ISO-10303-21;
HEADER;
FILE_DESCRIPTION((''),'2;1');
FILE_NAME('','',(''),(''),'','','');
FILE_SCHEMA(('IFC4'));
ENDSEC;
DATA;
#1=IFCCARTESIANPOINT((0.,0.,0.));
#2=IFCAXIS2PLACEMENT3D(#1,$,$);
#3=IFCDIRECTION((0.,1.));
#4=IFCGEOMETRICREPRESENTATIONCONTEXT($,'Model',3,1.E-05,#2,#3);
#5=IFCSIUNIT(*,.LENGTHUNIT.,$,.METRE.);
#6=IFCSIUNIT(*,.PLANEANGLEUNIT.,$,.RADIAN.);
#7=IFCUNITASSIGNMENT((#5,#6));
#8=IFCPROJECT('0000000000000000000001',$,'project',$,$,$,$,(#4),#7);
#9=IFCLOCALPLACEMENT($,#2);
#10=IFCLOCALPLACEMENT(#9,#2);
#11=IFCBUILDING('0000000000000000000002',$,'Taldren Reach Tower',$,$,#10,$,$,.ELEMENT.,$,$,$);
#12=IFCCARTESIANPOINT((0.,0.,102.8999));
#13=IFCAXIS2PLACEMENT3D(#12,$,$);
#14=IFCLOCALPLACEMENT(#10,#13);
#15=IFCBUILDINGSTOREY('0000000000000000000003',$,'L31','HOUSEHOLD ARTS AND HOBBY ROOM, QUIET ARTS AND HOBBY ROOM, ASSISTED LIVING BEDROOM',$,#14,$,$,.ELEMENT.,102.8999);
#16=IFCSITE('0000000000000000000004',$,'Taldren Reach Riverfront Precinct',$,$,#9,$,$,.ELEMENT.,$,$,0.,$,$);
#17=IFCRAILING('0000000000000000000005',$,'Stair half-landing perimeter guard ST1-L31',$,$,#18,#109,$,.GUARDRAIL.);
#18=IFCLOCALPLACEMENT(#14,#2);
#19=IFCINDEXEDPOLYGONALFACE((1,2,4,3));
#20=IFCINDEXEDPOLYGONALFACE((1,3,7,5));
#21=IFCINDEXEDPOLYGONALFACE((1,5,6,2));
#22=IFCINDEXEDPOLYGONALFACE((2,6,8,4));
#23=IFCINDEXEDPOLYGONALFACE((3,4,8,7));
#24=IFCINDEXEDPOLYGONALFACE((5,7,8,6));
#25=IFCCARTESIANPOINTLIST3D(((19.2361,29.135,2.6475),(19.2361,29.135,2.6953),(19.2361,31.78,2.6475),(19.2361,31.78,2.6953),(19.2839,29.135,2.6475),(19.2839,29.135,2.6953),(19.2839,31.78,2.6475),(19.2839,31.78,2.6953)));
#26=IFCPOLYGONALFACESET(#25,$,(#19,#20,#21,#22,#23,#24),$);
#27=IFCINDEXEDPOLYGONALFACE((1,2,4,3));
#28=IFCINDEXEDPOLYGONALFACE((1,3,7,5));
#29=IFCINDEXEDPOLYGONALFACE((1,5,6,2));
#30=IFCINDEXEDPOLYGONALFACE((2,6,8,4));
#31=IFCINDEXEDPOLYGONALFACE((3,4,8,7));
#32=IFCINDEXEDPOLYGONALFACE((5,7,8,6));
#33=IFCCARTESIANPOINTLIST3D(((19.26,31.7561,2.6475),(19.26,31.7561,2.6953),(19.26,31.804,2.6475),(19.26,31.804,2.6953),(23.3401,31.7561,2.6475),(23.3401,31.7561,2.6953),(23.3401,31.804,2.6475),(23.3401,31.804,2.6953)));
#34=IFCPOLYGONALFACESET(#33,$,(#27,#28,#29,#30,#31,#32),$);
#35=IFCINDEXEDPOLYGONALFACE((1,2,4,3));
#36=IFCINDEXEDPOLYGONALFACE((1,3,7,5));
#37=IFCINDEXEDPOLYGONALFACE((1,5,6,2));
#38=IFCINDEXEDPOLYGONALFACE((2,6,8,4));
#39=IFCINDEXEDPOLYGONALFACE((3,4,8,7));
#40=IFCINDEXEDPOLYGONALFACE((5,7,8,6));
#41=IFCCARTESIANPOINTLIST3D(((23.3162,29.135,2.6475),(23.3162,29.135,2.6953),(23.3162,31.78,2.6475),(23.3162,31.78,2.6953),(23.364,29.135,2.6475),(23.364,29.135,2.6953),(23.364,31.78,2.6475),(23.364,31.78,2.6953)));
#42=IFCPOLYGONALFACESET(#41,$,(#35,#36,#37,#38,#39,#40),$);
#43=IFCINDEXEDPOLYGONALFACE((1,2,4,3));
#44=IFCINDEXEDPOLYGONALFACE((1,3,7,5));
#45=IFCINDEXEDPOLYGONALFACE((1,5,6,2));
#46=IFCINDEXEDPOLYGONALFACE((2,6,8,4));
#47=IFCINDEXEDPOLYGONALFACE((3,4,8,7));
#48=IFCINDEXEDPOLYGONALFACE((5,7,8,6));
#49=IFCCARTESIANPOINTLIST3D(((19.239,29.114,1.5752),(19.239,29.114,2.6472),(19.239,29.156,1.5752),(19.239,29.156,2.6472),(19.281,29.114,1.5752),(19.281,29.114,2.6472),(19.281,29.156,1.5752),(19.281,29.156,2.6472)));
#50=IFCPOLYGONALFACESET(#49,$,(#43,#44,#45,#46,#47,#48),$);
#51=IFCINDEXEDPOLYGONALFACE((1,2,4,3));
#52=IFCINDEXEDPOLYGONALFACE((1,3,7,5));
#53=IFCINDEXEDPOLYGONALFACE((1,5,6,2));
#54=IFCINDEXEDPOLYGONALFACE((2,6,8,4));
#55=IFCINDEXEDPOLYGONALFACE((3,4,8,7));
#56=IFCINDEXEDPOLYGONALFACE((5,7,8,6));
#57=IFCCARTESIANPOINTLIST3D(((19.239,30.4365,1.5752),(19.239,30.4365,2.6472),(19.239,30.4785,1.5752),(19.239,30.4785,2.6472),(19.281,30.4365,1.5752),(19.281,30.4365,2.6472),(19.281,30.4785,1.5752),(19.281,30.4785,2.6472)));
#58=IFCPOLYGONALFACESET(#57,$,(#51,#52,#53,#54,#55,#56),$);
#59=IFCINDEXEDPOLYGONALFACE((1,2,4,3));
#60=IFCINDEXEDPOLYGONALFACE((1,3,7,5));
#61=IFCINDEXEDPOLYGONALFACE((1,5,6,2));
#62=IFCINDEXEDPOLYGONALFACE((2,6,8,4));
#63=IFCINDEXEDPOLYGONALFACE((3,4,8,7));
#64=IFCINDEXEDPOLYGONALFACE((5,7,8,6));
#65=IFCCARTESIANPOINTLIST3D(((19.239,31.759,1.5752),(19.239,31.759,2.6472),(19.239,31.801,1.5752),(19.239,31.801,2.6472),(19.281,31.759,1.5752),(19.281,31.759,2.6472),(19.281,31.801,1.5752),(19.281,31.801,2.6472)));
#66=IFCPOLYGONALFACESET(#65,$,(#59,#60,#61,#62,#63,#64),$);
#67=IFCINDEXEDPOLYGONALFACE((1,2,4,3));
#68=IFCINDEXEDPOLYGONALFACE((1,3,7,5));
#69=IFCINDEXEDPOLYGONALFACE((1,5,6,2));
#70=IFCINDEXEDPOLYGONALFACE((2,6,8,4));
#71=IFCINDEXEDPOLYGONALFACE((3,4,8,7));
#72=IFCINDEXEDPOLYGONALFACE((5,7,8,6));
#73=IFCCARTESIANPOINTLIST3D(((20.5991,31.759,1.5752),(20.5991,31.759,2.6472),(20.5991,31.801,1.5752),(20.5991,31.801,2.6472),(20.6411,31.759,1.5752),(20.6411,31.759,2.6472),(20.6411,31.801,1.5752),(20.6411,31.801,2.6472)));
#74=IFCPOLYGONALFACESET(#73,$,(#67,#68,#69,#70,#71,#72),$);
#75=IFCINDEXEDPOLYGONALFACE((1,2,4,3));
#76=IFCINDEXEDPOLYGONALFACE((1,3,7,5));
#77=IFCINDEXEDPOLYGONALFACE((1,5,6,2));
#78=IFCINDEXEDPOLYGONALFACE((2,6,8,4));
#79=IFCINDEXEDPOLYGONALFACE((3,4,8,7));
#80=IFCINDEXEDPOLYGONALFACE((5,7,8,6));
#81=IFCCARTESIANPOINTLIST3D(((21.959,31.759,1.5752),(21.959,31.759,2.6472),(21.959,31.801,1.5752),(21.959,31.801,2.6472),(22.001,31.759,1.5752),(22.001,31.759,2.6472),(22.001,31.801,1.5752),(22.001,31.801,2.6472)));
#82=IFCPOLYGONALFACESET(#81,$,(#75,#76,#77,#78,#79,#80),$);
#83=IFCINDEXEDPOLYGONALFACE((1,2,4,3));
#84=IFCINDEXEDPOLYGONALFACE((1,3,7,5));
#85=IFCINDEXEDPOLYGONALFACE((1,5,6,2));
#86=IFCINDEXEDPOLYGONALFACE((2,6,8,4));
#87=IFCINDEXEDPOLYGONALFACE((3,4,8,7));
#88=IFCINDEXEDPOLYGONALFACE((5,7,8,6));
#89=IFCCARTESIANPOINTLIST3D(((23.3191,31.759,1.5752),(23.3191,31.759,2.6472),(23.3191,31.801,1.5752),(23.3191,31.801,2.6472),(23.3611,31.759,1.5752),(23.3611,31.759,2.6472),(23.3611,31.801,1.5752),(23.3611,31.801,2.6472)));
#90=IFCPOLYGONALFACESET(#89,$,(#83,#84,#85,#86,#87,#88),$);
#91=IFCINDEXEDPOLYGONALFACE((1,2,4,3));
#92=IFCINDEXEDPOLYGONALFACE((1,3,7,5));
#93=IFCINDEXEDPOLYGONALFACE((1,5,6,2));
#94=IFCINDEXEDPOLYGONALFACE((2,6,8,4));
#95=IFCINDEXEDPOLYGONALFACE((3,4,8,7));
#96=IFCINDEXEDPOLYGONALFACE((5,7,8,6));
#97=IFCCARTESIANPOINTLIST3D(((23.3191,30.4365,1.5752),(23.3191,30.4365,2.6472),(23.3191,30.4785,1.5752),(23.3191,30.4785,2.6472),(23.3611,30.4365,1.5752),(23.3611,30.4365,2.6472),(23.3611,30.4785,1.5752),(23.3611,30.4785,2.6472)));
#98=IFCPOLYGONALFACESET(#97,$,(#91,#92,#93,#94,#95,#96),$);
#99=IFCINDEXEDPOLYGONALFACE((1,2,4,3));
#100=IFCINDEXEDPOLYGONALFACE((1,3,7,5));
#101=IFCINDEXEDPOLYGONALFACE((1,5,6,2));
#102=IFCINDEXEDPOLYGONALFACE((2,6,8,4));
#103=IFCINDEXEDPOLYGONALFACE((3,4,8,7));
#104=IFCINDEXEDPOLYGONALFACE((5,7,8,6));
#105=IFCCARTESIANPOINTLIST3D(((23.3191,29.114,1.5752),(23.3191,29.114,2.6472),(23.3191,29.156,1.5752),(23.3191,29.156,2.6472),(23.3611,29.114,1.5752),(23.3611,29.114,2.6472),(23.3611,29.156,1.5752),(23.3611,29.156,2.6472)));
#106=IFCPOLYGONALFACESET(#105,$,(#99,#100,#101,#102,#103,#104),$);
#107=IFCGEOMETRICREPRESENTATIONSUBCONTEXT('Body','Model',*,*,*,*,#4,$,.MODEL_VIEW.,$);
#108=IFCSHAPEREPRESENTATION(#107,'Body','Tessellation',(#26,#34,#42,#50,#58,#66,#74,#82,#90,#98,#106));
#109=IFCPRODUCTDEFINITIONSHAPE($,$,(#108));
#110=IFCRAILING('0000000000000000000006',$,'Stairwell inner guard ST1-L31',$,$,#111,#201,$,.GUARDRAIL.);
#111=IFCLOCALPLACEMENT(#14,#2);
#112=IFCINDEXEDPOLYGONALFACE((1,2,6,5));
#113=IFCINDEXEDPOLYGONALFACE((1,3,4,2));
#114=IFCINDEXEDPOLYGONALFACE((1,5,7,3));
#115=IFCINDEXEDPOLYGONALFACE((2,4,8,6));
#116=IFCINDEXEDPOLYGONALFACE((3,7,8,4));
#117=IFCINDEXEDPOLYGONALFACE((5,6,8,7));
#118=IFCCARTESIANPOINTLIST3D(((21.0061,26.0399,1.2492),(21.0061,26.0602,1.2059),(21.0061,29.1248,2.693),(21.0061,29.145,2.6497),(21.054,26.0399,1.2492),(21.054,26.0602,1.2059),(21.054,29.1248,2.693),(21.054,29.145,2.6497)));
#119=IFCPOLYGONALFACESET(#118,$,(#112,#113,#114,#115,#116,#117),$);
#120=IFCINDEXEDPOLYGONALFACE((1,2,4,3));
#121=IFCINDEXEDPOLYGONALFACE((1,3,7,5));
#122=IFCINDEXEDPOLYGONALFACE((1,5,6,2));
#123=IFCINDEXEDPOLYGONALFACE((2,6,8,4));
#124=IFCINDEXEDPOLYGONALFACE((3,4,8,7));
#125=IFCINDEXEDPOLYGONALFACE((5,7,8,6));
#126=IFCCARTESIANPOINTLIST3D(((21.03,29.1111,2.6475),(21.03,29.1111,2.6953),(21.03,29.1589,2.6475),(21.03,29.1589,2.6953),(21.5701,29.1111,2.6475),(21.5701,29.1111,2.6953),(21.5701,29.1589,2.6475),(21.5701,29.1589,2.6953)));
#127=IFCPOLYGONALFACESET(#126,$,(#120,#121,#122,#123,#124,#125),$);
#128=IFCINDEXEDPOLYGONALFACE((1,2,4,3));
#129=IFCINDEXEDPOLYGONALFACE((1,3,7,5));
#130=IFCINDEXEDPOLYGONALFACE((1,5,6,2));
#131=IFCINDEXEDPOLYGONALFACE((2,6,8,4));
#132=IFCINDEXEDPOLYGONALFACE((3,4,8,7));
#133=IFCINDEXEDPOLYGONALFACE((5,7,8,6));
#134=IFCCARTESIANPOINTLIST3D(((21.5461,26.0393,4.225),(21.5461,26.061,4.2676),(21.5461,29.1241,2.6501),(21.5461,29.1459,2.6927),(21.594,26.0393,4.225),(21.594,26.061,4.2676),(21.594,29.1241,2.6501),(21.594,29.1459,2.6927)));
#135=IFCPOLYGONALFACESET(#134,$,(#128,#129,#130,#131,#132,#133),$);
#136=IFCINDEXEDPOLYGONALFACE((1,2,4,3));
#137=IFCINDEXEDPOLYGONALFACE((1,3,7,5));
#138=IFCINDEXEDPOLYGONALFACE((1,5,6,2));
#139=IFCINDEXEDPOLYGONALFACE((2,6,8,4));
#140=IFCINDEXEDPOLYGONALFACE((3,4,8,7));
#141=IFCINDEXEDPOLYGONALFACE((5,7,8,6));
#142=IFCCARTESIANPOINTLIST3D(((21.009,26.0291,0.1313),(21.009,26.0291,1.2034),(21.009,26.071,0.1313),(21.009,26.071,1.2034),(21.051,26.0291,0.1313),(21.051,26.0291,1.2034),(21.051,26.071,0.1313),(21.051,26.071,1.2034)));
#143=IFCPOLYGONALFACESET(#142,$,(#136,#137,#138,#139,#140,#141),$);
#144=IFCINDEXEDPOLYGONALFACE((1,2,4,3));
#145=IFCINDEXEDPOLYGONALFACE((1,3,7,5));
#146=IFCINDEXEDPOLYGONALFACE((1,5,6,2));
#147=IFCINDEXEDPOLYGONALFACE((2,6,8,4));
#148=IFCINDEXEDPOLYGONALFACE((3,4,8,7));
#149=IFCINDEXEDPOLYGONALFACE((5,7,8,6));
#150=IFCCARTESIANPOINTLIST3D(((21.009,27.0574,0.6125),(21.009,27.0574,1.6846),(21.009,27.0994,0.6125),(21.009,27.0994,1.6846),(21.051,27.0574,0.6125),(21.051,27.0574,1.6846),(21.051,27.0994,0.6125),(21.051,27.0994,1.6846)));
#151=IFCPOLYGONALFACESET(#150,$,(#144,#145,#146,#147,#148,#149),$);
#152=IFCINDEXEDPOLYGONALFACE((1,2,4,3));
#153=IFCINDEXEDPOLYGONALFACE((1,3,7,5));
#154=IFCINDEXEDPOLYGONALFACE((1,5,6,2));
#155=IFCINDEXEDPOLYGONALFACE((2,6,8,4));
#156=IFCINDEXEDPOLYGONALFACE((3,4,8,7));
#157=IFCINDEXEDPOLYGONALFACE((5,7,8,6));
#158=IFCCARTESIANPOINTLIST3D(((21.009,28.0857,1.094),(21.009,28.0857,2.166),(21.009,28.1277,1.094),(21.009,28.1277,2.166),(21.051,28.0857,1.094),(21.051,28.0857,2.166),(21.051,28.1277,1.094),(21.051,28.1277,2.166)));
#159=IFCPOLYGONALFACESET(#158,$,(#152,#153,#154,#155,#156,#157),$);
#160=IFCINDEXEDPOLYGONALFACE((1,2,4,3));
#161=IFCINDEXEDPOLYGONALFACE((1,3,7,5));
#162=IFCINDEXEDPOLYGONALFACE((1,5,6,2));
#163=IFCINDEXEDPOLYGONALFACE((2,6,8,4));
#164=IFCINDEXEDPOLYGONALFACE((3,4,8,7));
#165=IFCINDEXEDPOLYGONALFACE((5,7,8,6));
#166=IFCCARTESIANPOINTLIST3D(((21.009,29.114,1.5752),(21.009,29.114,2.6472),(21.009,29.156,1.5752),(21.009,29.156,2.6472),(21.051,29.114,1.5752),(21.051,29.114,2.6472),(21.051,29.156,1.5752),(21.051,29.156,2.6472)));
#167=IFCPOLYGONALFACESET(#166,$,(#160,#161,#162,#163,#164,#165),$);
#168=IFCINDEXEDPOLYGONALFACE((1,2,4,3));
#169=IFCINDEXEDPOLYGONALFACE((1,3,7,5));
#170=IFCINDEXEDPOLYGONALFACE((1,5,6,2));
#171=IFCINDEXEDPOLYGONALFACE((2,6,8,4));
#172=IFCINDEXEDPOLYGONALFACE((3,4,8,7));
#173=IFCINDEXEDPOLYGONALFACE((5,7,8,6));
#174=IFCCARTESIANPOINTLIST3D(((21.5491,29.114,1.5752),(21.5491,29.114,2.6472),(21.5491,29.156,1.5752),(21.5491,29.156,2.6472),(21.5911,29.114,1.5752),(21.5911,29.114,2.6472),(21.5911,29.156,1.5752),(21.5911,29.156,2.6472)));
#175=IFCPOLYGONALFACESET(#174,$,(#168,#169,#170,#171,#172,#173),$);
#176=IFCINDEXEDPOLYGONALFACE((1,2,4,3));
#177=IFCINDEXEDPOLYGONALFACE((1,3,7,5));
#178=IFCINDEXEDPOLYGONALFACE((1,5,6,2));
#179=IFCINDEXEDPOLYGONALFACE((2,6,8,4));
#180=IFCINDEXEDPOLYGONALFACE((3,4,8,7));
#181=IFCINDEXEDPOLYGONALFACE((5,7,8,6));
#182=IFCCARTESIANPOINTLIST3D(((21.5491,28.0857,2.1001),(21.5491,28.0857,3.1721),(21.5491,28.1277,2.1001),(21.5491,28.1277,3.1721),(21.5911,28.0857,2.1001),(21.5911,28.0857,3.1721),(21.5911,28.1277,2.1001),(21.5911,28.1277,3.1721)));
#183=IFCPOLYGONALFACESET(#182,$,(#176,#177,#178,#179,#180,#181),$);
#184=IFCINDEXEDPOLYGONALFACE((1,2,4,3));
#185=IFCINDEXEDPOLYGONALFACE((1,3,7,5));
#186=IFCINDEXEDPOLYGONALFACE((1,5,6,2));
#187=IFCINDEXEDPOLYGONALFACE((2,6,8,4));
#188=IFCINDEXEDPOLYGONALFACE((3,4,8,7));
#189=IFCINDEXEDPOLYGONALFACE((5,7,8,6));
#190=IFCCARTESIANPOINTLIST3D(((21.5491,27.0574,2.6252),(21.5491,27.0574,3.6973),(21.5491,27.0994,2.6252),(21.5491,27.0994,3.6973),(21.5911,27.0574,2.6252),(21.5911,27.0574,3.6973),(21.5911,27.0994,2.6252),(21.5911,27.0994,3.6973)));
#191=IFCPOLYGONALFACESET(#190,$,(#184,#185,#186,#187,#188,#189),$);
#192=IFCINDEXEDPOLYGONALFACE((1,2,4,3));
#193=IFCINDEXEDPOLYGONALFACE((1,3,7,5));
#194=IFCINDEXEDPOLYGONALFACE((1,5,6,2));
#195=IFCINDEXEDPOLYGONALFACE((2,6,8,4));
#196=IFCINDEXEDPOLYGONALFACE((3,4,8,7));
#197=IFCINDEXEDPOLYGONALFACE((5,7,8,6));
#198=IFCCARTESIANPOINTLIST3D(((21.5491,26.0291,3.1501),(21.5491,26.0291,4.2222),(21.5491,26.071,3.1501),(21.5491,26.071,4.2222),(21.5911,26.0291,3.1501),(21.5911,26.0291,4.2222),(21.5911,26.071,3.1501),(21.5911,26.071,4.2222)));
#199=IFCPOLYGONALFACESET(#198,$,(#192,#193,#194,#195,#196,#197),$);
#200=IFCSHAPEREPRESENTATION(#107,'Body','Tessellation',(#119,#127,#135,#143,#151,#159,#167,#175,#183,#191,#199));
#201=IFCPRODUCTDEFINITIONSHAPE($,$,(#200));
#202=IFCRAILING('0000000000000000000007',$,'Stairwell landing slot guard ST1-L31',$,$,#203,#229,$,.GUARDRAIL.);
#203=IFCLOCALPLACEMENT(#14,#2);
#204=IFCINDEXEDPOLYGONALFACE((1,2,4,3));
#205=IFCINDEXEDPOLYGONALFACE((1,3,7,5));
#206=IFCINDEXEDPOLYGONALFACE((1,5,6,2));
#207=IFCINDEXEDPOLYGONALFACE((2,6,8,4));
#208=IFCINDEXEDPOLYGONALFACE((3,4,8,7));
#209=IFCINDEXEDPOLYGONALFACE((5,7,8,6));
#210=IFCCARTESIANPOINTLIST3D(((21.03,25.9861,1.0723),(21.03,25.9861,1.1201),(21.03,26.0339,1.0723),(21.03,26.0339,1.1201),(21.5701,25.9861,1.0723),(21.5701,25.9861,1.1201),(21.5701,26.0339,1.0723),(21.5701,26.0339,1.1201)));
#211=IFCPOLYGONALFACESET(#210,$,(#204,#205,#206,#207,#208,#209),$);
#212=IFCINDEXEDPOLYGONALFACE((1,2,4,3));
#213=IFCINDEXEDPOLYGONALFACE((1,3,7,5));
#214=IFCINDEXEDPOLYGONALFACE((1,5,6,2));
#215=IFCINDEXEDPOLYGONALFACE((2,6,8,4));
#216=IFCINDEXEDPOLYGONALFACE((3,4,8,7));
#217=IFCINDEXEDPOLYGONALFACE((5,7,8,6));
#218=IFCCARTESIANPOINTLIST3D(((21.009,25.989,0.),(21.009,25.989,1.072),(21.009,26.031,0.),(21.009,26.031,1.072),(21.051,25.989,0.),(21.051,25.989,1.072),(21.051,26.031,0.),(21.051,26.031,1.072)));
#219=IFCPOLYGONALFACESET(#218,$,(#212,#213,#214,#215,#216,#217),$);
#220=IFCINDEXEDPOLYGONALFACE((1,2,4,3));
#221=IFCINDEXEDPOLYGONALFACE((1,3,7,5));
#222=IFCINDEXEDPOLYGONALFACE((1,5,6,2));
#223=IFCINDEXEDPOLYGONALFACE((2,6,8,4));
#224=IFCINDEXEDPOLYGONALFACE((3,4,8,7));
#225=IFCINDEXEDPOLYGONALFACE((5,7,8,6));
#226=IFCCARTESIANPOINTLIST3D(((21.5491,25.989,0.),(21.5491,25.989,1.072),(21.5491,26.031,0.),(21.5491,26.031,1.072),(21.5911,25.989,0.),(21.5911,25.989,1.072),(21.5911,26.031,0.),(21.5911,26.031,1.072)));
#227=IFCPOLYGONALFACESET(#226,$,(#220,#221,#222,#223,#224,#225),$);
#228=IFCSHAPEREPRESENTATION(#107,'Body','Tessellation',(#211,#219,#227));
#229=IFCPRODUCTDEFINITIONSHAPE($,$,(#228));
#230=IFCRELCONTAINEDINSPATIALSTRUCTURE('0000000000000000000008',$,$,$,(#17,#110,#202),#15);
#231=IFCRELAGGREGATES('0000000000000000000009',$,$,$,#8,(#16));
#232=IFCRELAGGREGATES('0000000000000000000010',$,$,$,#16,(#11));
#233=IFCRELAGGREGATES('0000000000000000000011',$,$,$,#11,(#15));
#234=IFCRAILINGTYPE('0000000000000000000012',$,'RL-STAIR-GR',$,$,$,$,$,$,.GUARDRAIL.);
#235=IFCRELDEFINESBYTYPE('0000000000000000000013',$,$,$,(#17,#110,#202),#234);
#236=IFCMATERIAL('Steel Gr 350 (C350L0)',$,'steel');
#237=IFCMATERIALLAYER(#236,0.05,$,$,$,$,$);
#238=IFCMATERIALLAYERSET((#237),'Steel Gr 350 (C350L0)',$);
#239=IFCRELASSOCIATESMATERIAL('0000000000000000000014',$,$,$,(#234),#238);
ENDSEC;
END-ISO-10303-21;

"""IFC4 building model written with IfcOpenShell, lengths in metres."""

from ifc_helpers import new_model, si_unit, direction, frame, origin, origin_2d, place, context, subcontext, project, spatial, rectangle, extrude, material, layer, layer_set, type_object, element, save


model = new_model("IFC4")

# Units and contexts
model_context = context("Model", 3, precision=1e-05, world=origin(), true_north=direction((0.0, 1.0)))
body_context = subcontext(model_context, "Body", "Model", "MODEL_VIEW")
ifc_project = project(units=[si_unit("LENGTHUNIT", "METRE"), si_unit("PLANEANGLEUNIT", "RADIAN")], contexts=[model_context])

# Site, building, storey
site_placement = place(None, origin())
site = spatial("IfcSite", under=ifc_project, at=site_placement, Name="Taldren Reach Riverfront Precinct", CompositionType="ELEMENT", RefElevation=0.0)
building_placement = place(site_placement, origin())
building = spatial("IfcBuilding", under=site, at=building_placement, Name="Taldren Reach Tower", CompositionType="ELEMENT")
storey_placement = place(building_placement, frame((0.0, 0.0, 102.8999)))
storey = spatial("IfcBuildingStorey", under=building, at=storey_placement, Name="L31", Description="HOUSEHOLD ARTS AND HOBBY ROOM, QUIET ARTS AND HOBBY ROOM, ASSISTED LIVING BEDROOM", CompositionType="ELEMENT", Elevation=102.8999)

# Shared definitions
ifc_material_1 = material(Name="Steel Gr 350 (C350L0)", Category="steel")

# Railings
ifc_layer_1 = layer(ifc_material_1, 0.05)
ifc_layer_set_1 = layer_set([ifc_layer_1], Name="Steel Gr 350 (C350L0)")
railing_type_1 = type_object("IfcRailingType", Name="RL-STAIR-GR", PredefinedType="GUARDRAIL", material=ifc_layer_set_1)
railing_1_placement = place(storey_placement, frame((19.26, 29.135, 1.5752)))
element("IfcRailing", 1, at=railing_1_placement, inside=storey, type_object=railing_type_1, Name="Stair half-landing perimeter guard ST1-L31", PredefinedType="GUARDRAIL", context=body_context, shape_type="SweptSolid", body=[
    extrude(rectangle(XDim=0.0479, YDim=0.0479, at=origin_2d()), frame((0.0, 0.0, 1.0962), z_axis=(0.0, 1.0, 0.0), x_axis=(-1.0, 0.0, 0.0)), (0.0, 0.0, 1.0), 2.645),
    extrude(rectangle(XDim=0.0479, YDim=0.0479, at=origin_2d()), frame((0.0, 2.645, 1.0962), z_axis=(1.0, 0.0, 0.0), x_axis=(0.0, 1.0, 0.0)), (0.0, 0.0, 1.0), 4.0801),
    extrude(rectangle(XDim=0.0479, YDim=0.0479, at=origin_2d()), frame((4.0801, 2.645, 1.0962), z_axis=(0.0, -1.0, 0.0), x_axis=(1.0, 0.0, 0.0)), (0.0, 0.0, 1.0), 2.645),
    extrude(rectangle(XDim=0.042, YDim=0.042, at=origin_2d()), origin(), (0.0, 0.0, 1.0), 1.072),
    extrude(rectangle(XDim=0.042, YDim=0.042, at=origin_2d()), frame((0.0, 1.3225, 0.0)), (0.0, 0.0, 1.0), 1.072),
    extrude(rectangle(XDim=0.042, YDim=0.042, at=origin_2d()), frame((0.0, 2.645, 0.0)), (0.0, 0.0, 1.0), 1.072),
    extrude(rectangle(XDim=0.042, YDim=0.042, at=origin_2d()), frame((1.3601, 2.645, 0.0)), (0.0, 0.0, 1.0), 1.072),
    extrude(rectangle(XDim=0.042, YDim=0.042, at=origin_2d()), frame((2.72, 2.645, 0.0)), (0.0, 0.0, 1.0), 1.072),
    extrude(rectangle(XDim=0.042, YDim=0.042, at=origin_2d()), frame((4.0801, 2.645, 0.0)), (0.0, 0.0, 1.0), 1.072),
    extrude(rectangle(XDim=0.042, YDim=0.042, at=origin_2d()), frame((4.0801, 1.3225, 0.0)), (0.0, 0.0, 1.0), 1.072),
    extrude(rectangle(XDim=0.042, YDim=0.042, at=origin_2d()), frame((4.0801, 0.0, 0.0)), (0.0, 0.0, 1.0), 1.072),
])
railing_2_placement = place(storey_placement, frame((21.03, 26.05, 0.1313)))
element("IfcRailing", 2, at=railing_2_placement, inside=storey, type_object=railing_type_1, Name="Stairwell inner guard ST1-L31", PredefinedType="GUARDRAIL", context=body_context, shape_type="SweptSolid", body=[
    extrude(rectangle(XDim=0.0479, YDim=0.0479, at=origin_2d()), frame((0.0, 0.0, 1.0962), z_axis=(0.0, 0.90571, 0.423898), x_axis=(-1.0, 0.0, 0.0)), (0.0, 0.0, 1.0), 3.406),
    extrude(rectangle(XDim=0.0479, YDim=0.0479, at=origin_2d()), frame((0.0, 3.085, 2.54), z_axis=(1.0, 0.0, 0.0), x_axis=(0.0, 1.0, 0.0)), (0.0, 0.0, 1.0), 0.54),
    extrude(rectangle(XDim=0.0479, YDim=0.0479, at=origin_2d()), frame((0.54, 3.085, 2.54), z_axis=(0.0, -0.890646, 0.454697), x_axis=(1.0, 0.0, 0.0)), (0.0, 0.0, 1.0), 3.4636),
    extrude(rectangle(XDim=0.042, YDim=0.042, at=origin_2d()), origin(), (0.0, 0.0, 1.0), 1.072),
    extrude(rectangle(XDim=0.042, YDim=0.042, at=origin_2d()), frame((0.0, 1.0283, 0.4812)), (0.0, 0.0, 1.0), 1.072),
    extrude(rectangle(XDim=0.042, YDim=0.042, at=origin_2d()), frame((0.0, 2.0566, 0.9626)), (0.0, 0.0, 1.0), 1.072),
    extrude(rectangle(XDim=0.042, YDim=0.042, at=origin_2d()), frame((0.0, 3.085, 1.4438)), (0.0, 0.0, 1.0), 1.072),
    extrude(rectangle(XDim=0.042, YDim=0.042, at=origin_2d()), frame((0.54, 3.085, 1.4438)), (0.0, 0.0, 1.0), 1.072),
    extrude(rectangle(XDim=0.042, YDim=0.042, at=origin_2d()), frame((0.54, 2.0566, 1.9688)), (0.0, 0.0, 1.0), 1.072),
    extrude(rectangle(XDim=0.042, YDim=0.042, at=origin_2d()), frame((0.54, 1.0283, 2.4939)), (0.0, 0.0, 1.0), 1.072),
    extrude(rectangle(XDim=0.042, YDim=0.042, at=origin_2d()), frame((0.54, 0.0, 3.0188)), (0.0, 0.0, 1.0), 1.072),
])
railing_3_placement = place(storey_placement, frame((21.03, 26.01, 0.0)))
element("IfcRailing", 3, at=railing_3_placement, inside=storey, type_object=railing_type_1, Name="Stairwell landing slot guard ST1-L31", PredefinedType="GUARDRAIL", context=body_context, shape_type="SweptSolid", body=[
    extrude(rectangle(XDim=0.0479, YDim=0.0479, at=origin_2d()), frame((0.0, 0.0, 1.0962), z_axis=(1.0, 0.0, 0.0), x_axis=(0.0, 1.0, 0.0)), (0.0, 0.0, 1.0), 0.54),
    extrude(rectangle(XDim=0.042, YDim=0.042, at=origin_2d()), origin(), (0.0, 0.0, 1.0), 1.072),
    extrude(rectangle(XDim=0.042, YDim=0.042, at=origin_2d()), frame((0.54, 0.0, 0.0)), (0.0, 0.0, 1.0), 1.072),
])

save(model, "model.ifc")
